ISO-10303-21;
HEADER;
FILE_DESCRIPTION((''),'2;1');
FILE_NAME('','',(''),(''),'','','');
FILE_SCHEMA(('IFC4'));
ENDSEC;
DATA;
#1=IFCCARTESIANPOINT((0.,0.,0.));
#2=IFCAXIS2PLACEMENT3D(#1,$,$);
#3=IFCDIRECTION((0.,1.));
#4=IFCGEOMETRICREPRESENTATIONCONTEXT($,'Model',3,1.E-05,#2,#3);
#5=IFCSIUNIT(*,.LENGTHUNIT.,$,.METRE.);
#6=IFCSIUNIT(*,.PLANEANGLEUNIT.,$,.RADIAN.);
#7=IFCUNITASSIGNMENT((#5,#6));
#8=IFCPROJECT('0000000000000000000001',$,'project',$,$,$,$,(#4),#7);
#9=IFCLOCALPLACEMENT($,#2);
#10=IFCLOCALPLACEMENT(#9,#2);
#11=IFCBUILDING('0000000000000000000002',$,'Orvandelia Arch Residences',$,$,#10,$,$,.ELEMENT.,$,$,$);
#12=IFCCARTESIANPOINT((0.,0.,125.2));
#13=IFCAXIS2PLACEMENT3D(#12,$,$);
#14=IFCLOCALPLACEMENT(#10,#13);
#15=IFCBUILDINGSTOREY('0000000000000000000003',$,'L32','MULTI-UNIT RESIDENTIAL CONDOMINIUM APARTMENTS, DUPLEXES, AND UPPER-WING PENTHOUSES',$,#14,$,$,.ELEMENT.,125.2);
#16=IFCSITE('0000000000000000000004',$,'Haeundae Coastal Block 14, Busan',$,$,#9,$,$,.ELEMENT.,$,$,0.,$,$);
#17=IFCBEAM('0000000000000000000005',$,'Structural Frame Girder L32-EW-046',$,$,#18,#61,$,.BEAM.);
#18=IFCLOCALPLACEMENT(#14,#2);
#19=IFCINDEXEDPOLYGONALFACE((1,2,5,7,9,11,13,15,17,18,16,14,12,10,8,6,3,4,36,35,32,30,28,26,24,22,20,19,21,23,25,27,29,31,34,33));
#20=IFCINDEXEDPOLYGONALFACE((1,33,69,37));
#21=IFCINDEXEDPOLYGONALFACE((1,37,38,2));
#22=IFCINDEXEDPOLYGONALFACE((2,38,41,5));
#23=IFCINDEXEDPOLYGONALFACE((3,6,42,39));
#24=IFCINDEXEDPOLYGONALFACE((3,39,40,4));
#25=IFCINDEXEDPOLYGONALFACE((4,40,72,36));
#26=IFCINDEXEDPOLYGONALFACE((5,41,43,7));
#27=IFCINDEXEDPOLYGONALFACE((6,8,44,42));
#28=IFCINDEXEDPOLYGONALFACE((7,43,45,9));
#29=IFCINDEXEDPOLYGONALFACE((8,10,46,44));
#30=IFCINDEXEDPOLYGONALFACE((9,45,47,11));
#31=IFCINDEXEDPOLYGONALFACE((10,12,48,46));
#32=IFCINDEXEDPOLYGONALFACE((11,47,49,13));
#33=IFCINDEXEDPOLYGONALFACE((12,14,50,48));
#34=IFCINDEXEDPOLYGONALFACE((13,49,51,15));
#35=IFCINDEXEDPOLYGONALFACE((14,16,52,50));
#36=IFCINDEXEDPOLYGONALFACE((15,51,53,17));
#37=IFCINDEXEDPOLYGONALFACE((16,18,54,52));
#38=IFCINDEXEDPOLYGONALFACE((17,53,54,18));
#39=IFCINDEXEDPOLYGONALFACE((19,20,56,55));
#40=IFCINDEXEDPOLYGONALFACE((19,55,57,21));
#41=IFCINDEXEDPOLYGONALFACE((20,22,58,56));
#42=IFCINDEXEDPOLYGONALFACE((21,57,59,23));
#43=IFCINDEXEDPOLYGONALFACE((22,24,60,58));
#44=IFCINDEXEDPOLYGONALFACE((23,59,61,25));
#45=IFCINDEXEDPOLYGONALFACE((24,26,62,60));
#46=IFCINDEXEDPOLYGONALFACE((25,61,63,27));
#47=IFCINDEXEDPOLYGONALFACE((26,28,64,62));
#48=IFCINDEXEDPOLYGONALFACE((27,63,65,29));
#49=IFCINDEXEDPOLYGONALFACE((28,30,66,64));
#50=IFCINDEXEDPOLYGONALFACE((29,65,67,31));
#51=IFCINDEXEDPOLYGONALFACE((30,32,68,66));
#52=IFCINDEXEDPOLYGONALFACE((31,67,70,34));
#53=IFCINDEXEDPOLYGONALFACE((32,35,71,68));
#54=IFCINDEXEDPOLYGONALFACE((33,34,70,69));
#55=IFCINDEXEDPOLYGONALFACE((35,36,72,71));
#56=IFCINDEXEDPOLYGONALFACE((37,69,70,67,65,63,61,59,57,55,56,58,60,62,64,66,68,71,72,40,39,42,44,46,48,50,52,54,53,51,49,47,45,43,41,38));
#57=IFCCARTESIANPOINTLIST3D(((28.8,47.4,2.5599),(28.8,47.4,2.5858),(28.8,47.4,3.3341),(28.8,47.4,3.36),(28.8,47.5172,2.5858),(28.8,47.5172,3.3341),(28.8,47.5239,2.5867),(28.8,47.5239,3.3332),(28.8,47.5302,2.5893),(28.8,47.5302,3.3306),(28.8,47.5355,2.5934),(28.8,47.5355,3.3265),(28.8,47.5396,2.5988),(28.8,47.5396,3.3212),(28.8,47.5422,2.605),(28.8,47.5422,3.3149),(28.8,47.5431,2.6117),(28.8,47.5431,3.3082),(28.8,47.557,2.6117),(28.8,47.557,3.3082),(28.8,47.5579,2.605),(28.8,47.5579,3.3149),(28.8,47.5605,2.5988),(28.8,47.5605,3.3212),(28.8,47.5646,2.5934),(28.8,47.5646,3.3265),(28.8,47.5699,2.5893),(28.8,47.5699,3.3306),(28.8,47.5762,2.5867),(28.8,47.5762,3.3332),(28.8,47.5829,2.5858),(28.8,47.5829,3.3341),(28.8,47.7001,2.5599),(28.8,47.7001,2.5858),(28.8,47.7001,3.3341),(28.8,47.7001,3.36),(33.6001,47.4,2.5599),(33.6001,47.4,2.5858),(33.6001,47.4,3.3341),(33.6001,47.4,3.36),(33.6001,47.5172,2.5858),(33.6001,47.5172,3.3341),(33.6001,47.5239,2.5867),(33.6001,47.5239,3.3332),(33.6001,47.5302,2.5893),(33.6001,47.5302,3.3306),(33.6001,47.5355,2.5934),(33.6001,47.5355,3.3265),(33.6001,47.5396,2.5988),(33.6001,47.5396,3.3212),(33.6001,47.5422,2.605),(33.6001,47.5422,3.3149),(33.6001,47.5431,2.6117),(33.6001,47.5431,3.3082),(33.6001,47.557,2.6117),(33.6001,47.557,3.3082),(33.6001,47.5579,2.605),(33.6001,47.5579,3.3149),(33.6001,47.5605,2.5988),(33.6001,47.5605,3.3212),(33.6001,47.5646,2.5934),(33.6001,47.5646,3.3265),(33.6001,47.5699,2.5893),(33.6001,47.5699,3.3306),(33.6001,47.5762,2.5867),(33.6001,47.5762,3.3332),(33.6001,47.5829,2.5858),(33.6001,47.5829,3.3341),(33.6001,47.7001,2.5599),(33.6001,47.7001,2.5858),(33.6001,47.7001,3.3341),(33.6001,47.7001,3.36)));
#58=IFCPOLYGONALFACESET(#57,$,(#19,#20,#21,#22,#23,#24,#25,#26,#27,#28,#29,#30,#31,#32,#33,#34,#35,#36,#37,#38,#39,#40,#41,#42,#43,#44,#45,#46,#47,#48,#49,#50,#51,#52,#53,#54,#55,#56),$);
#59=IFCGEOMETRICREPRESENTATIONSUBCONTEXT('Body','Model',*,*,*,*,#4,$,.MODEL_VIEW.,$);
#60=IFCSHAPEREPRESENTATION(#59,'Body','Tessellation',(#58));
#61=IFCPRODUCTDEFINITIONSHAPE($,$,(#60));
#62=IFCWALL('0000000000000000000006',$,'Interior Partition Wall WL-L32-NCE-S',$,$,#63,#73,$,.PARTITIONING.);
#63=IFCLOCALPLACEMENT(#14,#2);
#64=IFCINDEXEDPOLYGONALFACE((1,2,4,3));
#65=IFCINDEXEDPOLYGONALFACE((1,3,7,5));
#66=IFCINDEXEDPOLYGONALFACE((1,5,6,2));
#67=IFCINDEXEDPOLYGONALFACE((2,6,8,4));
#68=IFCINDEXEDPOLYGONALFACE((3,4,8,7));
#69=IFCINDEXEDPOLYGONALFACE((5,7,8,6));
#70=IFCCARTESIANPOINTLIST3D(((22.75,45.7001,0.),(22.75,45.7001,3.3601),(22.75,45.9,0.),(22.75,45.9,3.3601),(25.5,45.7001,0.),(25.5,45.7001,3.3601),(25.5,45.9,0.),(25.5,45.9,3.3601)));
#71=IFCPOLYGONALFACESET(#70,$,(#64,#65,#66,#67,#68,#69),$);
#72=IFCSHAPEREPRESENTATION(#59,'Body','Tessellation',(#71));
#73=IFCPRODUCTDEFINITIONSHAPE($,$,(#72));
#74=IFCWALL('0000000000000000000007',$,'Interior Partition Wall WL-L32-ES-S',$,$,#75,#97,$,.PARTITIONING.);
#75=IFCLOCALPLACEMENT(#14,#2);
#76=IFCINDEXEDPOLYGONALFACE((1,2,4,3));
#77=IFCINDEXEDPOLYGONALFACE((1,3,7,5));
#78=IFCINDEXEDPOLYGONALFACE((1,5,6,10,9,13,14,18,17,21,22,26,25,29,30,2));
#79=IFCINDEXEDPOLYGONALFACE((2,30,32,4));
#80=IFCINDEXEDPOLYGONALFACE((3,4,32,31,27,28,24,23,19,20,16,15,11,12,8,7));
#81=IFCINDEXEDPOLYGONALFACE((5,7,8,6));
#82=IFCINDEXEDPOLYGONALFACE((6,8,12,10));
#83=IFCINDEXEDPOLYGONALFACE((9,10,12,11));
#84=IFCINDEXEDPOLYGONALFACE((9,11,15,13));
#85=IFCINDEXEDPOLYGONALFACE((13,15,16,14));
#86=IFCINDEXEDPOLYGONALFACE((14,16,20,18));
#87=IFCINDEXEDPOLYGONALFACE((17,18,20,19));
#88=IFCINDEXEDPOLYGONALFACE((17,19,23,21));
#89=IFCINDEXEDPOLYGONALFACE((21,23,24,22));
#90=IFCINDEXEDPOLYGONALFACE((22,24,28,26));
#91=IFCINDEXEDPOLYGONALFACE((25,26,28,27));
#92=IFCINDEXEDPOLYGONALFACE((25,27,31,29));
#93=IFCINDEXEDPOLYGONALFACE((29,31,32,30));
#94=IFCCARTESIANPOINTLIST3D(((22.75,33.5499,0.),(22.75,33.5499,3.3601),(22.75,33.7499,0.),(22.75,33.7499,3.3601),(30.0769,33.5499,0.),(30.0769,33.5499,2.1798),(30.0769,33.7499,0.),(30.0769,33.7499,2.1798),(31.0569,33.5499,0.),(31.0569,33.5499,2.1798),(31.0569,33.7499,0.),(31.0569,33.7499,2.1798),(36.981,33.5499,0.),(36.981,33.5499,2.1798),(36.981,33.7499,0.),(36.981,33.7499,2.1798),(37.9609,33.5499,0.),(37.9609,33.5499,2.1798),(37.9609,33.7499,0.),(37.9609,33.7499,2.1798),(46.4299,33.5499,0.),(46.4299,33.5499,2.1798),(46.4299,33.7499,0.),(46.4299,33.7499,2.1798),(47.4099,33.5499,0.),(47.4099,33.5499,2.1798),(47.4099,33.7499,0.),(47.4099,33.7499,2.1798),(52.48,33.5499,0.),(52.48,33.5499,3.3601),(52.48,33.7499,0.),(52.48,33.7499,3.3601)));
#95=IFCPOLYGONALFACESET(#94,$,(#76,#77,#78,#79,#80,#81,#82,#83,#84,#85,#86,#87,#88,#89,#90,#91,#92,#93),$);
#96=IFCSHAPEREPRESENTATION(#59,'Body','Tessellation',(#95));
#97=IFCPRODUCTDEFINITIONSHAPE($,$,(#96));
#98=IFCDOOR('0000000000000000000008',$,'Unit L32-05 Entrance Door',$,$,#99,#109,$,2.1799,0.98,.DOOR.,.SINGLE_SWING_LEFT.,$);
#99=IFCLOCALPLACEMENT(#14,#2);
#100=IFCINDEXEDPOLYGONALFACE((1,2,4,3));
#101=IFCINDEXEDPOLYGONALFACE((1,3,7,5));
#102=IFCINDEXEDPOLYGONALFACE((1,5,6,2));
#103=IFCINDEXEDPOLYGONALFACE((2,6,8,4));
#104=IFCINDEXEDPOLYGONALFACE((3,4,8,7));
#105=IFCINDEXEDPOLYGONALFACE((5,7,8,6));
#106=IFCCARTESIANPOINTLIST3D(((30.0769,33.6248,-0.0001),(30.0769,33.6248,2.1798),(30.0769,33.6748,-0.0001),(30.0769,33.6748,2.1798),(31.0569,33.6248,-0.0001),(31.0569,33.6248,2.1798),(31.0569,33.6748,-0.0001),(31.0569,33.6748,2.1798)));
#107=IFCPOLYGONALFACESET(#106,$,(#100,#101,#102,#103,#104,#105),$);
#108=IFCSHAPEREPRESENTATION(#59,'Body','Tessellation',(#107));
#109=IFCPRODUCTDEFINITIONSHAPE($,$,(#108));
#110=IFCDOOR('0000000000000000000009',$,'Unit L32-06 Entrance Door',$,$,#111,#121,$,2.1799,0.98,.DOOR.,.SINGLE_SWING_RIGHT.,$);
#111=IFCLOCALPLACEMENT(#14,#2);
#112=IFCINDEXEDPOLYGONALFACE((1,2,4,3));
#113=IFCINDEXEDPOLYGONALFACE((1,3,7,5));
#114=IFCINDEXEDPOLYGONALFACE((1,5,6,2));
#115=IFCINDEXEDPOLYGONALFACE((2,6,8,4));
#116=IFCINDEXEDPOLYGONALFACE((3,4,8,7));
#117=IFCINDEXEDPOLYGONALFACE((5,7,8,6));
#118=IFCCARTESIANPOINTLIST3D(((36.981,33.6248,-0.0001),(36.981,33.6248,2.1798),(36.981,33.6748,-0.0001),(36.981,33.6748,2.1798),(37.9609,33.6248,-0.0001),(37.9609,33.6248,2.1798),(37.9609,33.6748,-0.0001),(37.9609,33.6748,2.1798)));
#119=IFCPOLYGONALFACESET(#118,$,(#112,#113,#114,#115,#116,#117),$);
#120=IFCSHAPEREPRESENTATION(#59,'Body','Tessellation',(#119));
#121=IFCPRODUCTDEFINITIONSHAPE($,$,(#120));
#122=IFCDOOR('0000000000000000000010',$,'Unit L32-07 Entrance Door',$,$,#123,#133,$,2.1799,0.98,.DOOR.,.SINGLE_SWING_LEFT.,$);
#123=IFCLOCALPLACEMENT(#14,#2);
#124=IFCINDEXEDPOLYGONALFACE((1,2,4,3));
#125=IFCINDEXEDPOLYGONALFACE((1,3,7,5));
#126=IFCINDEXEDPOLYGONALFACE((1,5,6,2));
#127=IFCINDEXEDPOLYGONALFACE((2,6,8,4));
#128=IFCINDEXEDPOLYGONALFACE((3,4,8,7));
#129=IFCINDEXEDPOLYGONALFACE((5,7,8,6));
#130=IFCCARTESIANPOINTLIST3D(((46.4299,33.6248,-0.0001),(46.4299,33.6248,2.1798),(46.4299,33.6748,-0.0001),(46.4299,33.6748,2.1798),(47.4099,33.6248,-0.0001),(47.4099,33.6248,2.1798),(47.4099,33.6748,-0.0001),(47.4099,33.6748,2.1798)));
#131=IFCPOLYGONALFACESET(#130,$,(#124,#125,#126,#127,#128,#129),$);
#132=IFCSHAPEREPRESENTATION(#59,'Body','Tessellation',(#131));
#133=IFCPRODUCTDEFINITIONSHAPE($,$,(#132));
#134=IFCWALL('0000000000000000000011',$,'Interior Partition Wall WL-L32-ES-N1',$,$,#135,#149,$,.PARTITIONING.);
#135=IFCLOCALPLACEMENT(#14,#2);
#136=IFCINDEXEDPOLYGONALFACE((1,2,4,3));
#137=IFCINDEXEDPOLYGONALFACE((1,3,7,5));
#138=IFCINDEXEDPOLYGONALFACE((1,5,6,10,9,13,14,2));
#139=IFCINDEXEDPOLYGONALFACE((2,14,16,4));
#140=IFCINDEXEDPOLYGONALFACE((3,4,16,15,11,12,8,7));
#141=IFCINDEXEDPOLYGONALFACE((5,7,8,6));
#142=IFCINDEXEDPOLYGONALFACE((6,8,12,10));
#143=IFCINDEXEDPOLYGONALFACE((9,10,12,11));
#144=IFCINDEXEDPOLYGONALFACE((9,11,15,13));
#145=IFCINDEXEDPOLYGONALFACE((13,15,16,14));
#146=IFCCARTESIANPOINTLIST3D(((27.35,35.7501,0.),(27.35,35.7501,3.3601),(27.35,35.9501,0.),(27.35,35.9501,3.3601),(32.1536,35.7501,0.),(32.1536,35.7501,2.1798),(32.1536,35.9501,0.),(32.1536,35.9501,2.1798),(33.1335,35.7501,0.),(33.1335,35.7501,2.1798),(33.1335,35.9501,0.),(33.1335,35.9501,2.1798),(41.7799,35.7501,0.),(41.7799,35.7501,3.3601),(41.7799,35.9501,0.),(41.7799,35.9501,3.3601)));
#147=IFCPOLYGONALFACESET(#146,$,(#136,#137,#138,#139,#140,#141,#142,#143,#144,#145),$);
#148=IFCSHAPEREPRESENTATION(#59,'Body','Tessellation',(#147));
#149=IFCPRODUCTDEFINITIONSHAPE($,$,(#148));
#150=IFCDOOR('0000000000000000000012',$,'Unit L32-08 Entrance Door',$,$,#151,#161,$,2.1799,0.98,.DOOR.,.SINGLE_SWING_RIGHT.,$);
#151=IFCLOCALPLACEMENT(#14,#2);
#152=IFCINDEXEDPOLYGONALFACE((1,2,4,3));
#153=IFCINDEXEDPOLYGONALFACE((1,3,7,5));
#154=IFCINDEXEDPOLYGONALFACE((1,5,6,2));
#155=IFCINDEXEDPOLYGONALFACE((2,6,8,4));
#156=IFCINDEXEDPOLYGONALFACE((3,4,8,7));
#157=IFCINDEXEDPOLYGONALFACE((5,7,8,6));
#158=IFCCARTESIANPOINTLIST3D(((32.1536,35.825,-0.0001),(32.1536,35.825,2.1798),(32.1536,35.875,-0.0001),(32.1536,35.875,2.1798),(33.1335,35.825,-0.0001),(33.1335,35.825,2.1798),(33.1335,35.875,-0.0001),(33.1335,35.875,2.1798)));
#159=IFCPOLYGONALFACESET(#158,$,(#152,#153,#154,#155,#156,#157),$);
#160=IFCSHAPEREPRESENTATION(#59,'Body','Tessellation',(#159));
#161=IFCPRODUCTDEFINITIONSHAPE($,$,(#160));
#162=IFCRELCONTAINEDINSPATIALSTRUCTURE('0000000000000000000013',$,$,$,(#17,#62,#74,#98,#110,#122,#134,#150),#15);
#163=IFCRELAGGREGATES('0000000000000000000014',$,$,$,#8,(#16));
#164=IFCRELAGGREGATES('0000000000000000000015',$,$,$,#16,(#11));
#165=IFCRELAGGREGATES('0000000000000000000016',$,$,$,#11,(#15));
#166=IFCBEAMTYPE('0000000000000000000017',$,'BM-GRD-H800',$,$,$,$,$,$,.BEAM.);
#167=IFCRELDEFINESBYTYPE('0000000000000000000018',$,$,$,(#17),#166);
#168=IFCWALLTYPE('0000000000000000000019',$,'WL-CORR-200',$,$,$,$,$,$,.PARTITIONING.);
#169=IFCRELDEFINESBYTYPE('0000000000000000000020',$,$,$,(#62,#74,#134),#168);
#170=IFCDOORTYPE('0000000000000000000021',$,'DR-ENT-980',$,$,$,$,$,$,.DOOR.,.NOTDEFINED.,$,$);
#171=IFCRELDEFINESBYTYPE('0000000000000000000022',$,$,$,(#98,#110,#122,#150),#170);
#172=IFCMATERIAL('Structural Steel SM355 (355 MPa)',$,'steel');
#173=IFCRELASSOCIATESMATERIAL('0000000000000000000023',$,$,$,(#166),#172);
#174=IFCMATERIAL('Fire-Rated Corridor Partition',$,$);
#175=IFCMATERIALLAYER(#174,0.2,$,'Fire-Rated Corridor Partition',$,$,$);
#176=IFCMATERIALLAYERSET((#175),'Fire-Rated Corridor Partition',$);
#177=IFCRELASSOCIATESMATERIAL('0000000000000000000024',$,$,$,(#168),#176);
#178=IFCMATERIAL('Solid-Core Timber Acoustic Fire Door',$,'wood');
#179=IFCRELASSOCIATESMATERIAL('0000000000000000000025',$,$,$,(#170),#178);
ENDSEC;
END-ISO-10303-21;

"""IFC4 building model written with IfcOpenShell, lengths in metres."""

from ifc_helpers import new_model, si_unit, direction, frame, frame_2d, origin, origin_2d, place, context, subcontext, project, spatial, rectangle, i_section, extrude, material, layer, layer_set, material_profile, profile_set, type_object, element, fill, save


model = new_model("IFC4")

# Units and contexts
model_context = context("Model", 3, precision=1e-05, world=origin(), true_north=direction((0.0, 1.0)))
body_context = subcontext(model_context, "Body", "Model", "MODEL_VIEW")
ifc_project = project(units=[si_unit("LENGTHUNIT", "METRE"), si_unit("PLANEANGLEUNIT", "RADIAN")], contexts=[model_context])

# Site, building, storey
site_placement = place(None, origin())
site = spatial("IfcSite", under=ifc_project, at=site_placement, Name="Haeundae Coastal Block 14, Busan", CompositionType="ELEMENT", RefElevation=0.0)
building_placement = place(site_placement, origin())
building = spatial("IfcBuilding", under=site, at=building_placement, Name="Orvandelia Arch Residences", CompositionType="ELEMENT")
storey_placement = place(building_placement, frame((0.0, 0.0, 125.2)))
storey = spatial("IfcBuildingStorey", under=building, at=storey_placement, Name="L32", Description="MULTI-UNIT RESIDENTIAL CONDOMINIUM APARTMENTS, DUPLEXES, AND UPPER-WING PENTHOUSES", CompositionType="ELEMENT", Elevation=125.2)

# Beam
ifc_material_1 = material(Name="Structural Steel SM355 (355 MPa)", Category="steel")
ifc_material_profile_1 = material_profile(ifc_material_1, i_section(OverallWidth=0.3, OverallDepth=0.8, WebThickness=0.0139, FlangeThickness=0.0259, FilletRadius=0.0259, at=origin_2d()), Name="Structural Steel SM355 (355 MPa)", Category="steel")
ifc_profile_set_1 = profile_set([ifc_material_profile_1], Name="Structural Steel SM355 (355 MPa)")
beam_type = type_object("IfcBeamType", Name="BM-GRD-H800", PredefinedType="BEAM", material=ifc_profile_set_1)
beam_1_placement = place(storey_placement, frame((28.8, 47.55, 2.96), z_axis=(1.0, 0.0, 0.0), x_axis=(0.0, 1.0, 0.0)))
element("IfcBeam", 1, at=beam_1_placement, inside=storey, type_object=beam_type, Name="Structural Frame Girder L32-EW-046", PredefinedType="BEAM", context=body_context, shape_type="SweptSolid", body=[
    extrude(i_section(OverallWidth=0.3, OverallDepth=0.8, WebThickness=0.0139, FlangeThickness=0.0259, FilletRadius=0.0259, at=origin_2d()), origin(), (0.0, 0.0, 1.0), 4.8),
])

# Wall
ifc_material_2 = material(Name="Fire-Rated Corridor Partition")
ifc_layer_1 = layer(ifc_material_2, 0.2, Name="Fire-Rated Corridor Partition")
ifc_layer_set_1 = layer_set([ifc_layer_1], Name="Fire-Rated Corridor Partition")
wall_type_1 = type_object("IfcWallType", Name="WL-CORR-200", PredefinedType="PARTITIONING", material=ifc_layer_set_1)
wall_1_placement = place(storey_placement, frame((22.75, 45.8, 0.0), z_axis=(0.0, 0.0, 1.0), x_axis=(1.0, 0.0, 0.0)))
element("IfcWall", 2, at=wall_1_placement, inside=storey, type_object=wall_type_1, Name="Interior Partition Wall WL-L32-NCE-S", PredefinedType="PARTITIONING", context=body_context, shape_type="SweptSolid", body=[
    extrude(rectangle(XDim=2.75, YDim=0.2, at=frame_2d((1.375, 0.0))), origin(), (0.0, 0.0, 1.0), 3.3601),
])

# Wall, openings, doors
wall_2_placement = place(storey_placement, frame((22.75, 33.6499, 0.0), z_axis=(0.0, 0.0, 1.0), x_axis=(1.0, 0.0, 0.0)))
wall_2 = element("IfcWall", 3, at=wall_2_placement, inside=storey, type_object=wall_type_1, Name="Interior Partition Wall WL-L32-ES-S", PredefinedType="PARTITIONING", context=body_context, shape_type="SweptSolid", body=[
    extrude(rectangle(XDim=29.73, YDim=0.2, at=frame_2d((14.865, 0.0))), origin(), (0.0, 0.0, 1.0), 3.3601),
])
opening_1_placement = place(wall_2_placement, frame((7.3269, 0.0, 0.0)))
opening_1 = element("IfcOpeningElement", 4, at=opening_1_placement, cuts=wall_2, PredefinedType="OPENING", context=body_context, shape_type="SweptSolid", body=[
    extrude(rectangle(XDim=0.98, YDim=2.1799, at=frame_2d((0.49, 1.0898))), frame((0.0, 0.1099, 0.0), z_axis=(0.0, -1.0, 0.0), x_axis=(1.0, 0.0, 0.0)), (0.0, 0.0, 1.0), 0.22),
])
opening_2_placement = place(wall_2_placement, frame((14.231, 0.0, 0.0)))
opening_2 = element("IfcOpeningElement", 5, at=opening_2_placement, cuts=wall_2, PredefinedType="OPENING", context=body_context, shape_type="SweptSolid", body=[
    extrude(rectangle(XDim=0.98, YDim=2.1799, at=frame_2d((0.49, 1.0898))), frame((0.0, 0.1099, 0.0), z_axis=(0.0, -1.0, 0.0), x_axis=(1.0, 0.0, 0.0)), (0.0, 0.0, 1.0), 0.22),
])
opening_3_placement = place(wall_2_placement, frame((23.6799, 0.0, 0.0)))
opening_3 = element("IfcOpeningElement", 6, at=opening_3_placement, cuts=wall_2, PredefinedType="OPENING", context=body_context, shape_type="SweptSolid", body=[
    extrude(rectangle(XDim=0.98, YDim=2.1799, at=frame_2d((0.49, 1.0898))), frame((0.0, 0.1099, 0.0), z_axis=(0.0, -1.0, 0.0), x_axis=(1.0, 0.0, 0.0)), (0.0, 0.0, 1.0), 0.22),
])
ifc_material_3 = material(Name="Solid-Core Timber Acoustic Fire Door", Category="wood")
door_type_1 = type_object("IfcDoorType", Name="DR-ENT-980", OperationType="NOTDEFINED", PredefinedType="DOOR", material=ifc_material_3)
door_1_placement = place(opening_1_placement, origin())
door_1 = element("IfcDoor", 7, at=door_1_placement, inside=storey, type_object=door_type_1, Name="Unit L32-05 Entrance Door", OperationType="SINGLE_SWING_LEFT", OverallHeight=2.1799, OverallWidth=0.98, PredefinedType="DOOR", context=body_context, shape_type="SweptSolid", body=[
    extrude(rectangle(XDim=0.98, YDim=2.1799, at=frame_2d((0.49, 1.0898))), frame((0.0, 0.0249, 0.0), z_axis=(0.0, -1.0, 0.0), x_axis=(1.0, 0.0, 0.0)), (0.0, 0.0, 1.0), 0.05),
])
fill(opening_1, door_1)
door_2_placement = place(opening_2_placement, origin())
door_2 = element("IfcDoor", 8, at=door_2_placement, inside=storey, type_object=door_type_1, Name="Unit L32-06 Entrance Door", OperationType="SINGLE_SWING_RIGHT", OverallHeight=2.1799, OverallWidth=0.98, PredefinedType="DOOR", context=body_context, shape_type="SweptSolid", body=[
    extrude(rectangle(XDim=0.98, YDim=2.1799, at=frame_2d((0.49, 1.0898))), frame((0.0, 0.0249, 0.0), z_axis=(0.0, -1.0, 0.0), x_axis=(1.0, 0.0, 0.0)), (0.0, 0.0, 1.0), 0.05),
])
fill(opening_2, door_2)
door_3_placement = place(opening_3_placement, origin())
door_3 = element("IfcDoor", 9, at=door_3_placement, inside=storey, type_object=door_type_1, Name="Unit L32-07 Entrance Door", OperationType="SINGLE_SWING_LEFT", OverallHeight=2.1799, OverallWidth=0.98, PredefinedType="DOOR", context=body_context, shape_type="SweptSolid", body=[
    extrude(rectangle(XDim=0.98, YDim=2.1799, at=frame_2d((0.49, 1.0898))), frame((0.0, 0.0249, 0.0), z_axis=(0.0, -1.0, 0.0), x_axis=(1.0, 0.0, 0.0)), (0.0, 0.0, 1.0), 0.05),
])
fill(opening_3, door_3)

# Wall, opening, door
wall_3_placement = place(storey_placement, frame((27.3501, 35.8501, 0.0), z_axis=(0.0, 0.0, 1.0), x_axis=(1.0, 0.0, 0.0)))
wall_3 = element("IfcWall", 10, at=wall_3_placement, inside=storey, type_object=wall_type_1, Name="Interior Partition Wall WL-L32-ES-N1", PredefinedType="PARTITIONING", context=body_context, shape_type="SweptSolid", body=[
    extrude(rectangle(XDim=14.4299, YDim=0.2, at=frame_2d((7.2148, 0.0))), origin(), (0.0, 0.0, 1.0), 3.3601),
])
opening_4_placement = place(wall_3_placement, frame((4.8035, 0.0, 0.0)))
opening_4 = element("IfcOpeningElement", 11, at=opening_4_placement, cuts=wall_3, PredefinedType="OPENING", context=body_context, shape_type="SweptSolid", body=[
    extrude(rectangle(XDim=0.98, YDim=2.1799, at=frame_2d((0.49, 1.0898))), frame((0.0, 0.1099, 0.0), z_axis=(0.0, -1.0, 0.0), x_axis=(1.0, 0.0, 0.0)), (0.0, 0.0, 1.0), 0.22),
])
door_4_placement = place(opening_4_placement, origin())
door_4 = element("IfcDoor", 12, at=door_4_placement, inside=storey, type_object=door_type_1, Name="Unit L32-08 Entrance Door", OperationType="SINGLE_SWING_RIGHT", OverallHeight=2.1799, OverallWidth=0.98, PredefinedType="DOOR", context=body_context, shape_type="SweptSolid", body=[
    extrude(rectangle(XDim=0.98, YDim=2.1799, at=frame_2d((0.49, 1.0898))), frame((0.0, 0.0249, 0.0), z_axis=(0.0, -1.0, 0.0), x_axis=(1.0, 0.0, 0.0)), (0.0, 0.0, 1.0), 0.05),
])
fill(opening_4, door_4)

save(model, "model.ifc")
